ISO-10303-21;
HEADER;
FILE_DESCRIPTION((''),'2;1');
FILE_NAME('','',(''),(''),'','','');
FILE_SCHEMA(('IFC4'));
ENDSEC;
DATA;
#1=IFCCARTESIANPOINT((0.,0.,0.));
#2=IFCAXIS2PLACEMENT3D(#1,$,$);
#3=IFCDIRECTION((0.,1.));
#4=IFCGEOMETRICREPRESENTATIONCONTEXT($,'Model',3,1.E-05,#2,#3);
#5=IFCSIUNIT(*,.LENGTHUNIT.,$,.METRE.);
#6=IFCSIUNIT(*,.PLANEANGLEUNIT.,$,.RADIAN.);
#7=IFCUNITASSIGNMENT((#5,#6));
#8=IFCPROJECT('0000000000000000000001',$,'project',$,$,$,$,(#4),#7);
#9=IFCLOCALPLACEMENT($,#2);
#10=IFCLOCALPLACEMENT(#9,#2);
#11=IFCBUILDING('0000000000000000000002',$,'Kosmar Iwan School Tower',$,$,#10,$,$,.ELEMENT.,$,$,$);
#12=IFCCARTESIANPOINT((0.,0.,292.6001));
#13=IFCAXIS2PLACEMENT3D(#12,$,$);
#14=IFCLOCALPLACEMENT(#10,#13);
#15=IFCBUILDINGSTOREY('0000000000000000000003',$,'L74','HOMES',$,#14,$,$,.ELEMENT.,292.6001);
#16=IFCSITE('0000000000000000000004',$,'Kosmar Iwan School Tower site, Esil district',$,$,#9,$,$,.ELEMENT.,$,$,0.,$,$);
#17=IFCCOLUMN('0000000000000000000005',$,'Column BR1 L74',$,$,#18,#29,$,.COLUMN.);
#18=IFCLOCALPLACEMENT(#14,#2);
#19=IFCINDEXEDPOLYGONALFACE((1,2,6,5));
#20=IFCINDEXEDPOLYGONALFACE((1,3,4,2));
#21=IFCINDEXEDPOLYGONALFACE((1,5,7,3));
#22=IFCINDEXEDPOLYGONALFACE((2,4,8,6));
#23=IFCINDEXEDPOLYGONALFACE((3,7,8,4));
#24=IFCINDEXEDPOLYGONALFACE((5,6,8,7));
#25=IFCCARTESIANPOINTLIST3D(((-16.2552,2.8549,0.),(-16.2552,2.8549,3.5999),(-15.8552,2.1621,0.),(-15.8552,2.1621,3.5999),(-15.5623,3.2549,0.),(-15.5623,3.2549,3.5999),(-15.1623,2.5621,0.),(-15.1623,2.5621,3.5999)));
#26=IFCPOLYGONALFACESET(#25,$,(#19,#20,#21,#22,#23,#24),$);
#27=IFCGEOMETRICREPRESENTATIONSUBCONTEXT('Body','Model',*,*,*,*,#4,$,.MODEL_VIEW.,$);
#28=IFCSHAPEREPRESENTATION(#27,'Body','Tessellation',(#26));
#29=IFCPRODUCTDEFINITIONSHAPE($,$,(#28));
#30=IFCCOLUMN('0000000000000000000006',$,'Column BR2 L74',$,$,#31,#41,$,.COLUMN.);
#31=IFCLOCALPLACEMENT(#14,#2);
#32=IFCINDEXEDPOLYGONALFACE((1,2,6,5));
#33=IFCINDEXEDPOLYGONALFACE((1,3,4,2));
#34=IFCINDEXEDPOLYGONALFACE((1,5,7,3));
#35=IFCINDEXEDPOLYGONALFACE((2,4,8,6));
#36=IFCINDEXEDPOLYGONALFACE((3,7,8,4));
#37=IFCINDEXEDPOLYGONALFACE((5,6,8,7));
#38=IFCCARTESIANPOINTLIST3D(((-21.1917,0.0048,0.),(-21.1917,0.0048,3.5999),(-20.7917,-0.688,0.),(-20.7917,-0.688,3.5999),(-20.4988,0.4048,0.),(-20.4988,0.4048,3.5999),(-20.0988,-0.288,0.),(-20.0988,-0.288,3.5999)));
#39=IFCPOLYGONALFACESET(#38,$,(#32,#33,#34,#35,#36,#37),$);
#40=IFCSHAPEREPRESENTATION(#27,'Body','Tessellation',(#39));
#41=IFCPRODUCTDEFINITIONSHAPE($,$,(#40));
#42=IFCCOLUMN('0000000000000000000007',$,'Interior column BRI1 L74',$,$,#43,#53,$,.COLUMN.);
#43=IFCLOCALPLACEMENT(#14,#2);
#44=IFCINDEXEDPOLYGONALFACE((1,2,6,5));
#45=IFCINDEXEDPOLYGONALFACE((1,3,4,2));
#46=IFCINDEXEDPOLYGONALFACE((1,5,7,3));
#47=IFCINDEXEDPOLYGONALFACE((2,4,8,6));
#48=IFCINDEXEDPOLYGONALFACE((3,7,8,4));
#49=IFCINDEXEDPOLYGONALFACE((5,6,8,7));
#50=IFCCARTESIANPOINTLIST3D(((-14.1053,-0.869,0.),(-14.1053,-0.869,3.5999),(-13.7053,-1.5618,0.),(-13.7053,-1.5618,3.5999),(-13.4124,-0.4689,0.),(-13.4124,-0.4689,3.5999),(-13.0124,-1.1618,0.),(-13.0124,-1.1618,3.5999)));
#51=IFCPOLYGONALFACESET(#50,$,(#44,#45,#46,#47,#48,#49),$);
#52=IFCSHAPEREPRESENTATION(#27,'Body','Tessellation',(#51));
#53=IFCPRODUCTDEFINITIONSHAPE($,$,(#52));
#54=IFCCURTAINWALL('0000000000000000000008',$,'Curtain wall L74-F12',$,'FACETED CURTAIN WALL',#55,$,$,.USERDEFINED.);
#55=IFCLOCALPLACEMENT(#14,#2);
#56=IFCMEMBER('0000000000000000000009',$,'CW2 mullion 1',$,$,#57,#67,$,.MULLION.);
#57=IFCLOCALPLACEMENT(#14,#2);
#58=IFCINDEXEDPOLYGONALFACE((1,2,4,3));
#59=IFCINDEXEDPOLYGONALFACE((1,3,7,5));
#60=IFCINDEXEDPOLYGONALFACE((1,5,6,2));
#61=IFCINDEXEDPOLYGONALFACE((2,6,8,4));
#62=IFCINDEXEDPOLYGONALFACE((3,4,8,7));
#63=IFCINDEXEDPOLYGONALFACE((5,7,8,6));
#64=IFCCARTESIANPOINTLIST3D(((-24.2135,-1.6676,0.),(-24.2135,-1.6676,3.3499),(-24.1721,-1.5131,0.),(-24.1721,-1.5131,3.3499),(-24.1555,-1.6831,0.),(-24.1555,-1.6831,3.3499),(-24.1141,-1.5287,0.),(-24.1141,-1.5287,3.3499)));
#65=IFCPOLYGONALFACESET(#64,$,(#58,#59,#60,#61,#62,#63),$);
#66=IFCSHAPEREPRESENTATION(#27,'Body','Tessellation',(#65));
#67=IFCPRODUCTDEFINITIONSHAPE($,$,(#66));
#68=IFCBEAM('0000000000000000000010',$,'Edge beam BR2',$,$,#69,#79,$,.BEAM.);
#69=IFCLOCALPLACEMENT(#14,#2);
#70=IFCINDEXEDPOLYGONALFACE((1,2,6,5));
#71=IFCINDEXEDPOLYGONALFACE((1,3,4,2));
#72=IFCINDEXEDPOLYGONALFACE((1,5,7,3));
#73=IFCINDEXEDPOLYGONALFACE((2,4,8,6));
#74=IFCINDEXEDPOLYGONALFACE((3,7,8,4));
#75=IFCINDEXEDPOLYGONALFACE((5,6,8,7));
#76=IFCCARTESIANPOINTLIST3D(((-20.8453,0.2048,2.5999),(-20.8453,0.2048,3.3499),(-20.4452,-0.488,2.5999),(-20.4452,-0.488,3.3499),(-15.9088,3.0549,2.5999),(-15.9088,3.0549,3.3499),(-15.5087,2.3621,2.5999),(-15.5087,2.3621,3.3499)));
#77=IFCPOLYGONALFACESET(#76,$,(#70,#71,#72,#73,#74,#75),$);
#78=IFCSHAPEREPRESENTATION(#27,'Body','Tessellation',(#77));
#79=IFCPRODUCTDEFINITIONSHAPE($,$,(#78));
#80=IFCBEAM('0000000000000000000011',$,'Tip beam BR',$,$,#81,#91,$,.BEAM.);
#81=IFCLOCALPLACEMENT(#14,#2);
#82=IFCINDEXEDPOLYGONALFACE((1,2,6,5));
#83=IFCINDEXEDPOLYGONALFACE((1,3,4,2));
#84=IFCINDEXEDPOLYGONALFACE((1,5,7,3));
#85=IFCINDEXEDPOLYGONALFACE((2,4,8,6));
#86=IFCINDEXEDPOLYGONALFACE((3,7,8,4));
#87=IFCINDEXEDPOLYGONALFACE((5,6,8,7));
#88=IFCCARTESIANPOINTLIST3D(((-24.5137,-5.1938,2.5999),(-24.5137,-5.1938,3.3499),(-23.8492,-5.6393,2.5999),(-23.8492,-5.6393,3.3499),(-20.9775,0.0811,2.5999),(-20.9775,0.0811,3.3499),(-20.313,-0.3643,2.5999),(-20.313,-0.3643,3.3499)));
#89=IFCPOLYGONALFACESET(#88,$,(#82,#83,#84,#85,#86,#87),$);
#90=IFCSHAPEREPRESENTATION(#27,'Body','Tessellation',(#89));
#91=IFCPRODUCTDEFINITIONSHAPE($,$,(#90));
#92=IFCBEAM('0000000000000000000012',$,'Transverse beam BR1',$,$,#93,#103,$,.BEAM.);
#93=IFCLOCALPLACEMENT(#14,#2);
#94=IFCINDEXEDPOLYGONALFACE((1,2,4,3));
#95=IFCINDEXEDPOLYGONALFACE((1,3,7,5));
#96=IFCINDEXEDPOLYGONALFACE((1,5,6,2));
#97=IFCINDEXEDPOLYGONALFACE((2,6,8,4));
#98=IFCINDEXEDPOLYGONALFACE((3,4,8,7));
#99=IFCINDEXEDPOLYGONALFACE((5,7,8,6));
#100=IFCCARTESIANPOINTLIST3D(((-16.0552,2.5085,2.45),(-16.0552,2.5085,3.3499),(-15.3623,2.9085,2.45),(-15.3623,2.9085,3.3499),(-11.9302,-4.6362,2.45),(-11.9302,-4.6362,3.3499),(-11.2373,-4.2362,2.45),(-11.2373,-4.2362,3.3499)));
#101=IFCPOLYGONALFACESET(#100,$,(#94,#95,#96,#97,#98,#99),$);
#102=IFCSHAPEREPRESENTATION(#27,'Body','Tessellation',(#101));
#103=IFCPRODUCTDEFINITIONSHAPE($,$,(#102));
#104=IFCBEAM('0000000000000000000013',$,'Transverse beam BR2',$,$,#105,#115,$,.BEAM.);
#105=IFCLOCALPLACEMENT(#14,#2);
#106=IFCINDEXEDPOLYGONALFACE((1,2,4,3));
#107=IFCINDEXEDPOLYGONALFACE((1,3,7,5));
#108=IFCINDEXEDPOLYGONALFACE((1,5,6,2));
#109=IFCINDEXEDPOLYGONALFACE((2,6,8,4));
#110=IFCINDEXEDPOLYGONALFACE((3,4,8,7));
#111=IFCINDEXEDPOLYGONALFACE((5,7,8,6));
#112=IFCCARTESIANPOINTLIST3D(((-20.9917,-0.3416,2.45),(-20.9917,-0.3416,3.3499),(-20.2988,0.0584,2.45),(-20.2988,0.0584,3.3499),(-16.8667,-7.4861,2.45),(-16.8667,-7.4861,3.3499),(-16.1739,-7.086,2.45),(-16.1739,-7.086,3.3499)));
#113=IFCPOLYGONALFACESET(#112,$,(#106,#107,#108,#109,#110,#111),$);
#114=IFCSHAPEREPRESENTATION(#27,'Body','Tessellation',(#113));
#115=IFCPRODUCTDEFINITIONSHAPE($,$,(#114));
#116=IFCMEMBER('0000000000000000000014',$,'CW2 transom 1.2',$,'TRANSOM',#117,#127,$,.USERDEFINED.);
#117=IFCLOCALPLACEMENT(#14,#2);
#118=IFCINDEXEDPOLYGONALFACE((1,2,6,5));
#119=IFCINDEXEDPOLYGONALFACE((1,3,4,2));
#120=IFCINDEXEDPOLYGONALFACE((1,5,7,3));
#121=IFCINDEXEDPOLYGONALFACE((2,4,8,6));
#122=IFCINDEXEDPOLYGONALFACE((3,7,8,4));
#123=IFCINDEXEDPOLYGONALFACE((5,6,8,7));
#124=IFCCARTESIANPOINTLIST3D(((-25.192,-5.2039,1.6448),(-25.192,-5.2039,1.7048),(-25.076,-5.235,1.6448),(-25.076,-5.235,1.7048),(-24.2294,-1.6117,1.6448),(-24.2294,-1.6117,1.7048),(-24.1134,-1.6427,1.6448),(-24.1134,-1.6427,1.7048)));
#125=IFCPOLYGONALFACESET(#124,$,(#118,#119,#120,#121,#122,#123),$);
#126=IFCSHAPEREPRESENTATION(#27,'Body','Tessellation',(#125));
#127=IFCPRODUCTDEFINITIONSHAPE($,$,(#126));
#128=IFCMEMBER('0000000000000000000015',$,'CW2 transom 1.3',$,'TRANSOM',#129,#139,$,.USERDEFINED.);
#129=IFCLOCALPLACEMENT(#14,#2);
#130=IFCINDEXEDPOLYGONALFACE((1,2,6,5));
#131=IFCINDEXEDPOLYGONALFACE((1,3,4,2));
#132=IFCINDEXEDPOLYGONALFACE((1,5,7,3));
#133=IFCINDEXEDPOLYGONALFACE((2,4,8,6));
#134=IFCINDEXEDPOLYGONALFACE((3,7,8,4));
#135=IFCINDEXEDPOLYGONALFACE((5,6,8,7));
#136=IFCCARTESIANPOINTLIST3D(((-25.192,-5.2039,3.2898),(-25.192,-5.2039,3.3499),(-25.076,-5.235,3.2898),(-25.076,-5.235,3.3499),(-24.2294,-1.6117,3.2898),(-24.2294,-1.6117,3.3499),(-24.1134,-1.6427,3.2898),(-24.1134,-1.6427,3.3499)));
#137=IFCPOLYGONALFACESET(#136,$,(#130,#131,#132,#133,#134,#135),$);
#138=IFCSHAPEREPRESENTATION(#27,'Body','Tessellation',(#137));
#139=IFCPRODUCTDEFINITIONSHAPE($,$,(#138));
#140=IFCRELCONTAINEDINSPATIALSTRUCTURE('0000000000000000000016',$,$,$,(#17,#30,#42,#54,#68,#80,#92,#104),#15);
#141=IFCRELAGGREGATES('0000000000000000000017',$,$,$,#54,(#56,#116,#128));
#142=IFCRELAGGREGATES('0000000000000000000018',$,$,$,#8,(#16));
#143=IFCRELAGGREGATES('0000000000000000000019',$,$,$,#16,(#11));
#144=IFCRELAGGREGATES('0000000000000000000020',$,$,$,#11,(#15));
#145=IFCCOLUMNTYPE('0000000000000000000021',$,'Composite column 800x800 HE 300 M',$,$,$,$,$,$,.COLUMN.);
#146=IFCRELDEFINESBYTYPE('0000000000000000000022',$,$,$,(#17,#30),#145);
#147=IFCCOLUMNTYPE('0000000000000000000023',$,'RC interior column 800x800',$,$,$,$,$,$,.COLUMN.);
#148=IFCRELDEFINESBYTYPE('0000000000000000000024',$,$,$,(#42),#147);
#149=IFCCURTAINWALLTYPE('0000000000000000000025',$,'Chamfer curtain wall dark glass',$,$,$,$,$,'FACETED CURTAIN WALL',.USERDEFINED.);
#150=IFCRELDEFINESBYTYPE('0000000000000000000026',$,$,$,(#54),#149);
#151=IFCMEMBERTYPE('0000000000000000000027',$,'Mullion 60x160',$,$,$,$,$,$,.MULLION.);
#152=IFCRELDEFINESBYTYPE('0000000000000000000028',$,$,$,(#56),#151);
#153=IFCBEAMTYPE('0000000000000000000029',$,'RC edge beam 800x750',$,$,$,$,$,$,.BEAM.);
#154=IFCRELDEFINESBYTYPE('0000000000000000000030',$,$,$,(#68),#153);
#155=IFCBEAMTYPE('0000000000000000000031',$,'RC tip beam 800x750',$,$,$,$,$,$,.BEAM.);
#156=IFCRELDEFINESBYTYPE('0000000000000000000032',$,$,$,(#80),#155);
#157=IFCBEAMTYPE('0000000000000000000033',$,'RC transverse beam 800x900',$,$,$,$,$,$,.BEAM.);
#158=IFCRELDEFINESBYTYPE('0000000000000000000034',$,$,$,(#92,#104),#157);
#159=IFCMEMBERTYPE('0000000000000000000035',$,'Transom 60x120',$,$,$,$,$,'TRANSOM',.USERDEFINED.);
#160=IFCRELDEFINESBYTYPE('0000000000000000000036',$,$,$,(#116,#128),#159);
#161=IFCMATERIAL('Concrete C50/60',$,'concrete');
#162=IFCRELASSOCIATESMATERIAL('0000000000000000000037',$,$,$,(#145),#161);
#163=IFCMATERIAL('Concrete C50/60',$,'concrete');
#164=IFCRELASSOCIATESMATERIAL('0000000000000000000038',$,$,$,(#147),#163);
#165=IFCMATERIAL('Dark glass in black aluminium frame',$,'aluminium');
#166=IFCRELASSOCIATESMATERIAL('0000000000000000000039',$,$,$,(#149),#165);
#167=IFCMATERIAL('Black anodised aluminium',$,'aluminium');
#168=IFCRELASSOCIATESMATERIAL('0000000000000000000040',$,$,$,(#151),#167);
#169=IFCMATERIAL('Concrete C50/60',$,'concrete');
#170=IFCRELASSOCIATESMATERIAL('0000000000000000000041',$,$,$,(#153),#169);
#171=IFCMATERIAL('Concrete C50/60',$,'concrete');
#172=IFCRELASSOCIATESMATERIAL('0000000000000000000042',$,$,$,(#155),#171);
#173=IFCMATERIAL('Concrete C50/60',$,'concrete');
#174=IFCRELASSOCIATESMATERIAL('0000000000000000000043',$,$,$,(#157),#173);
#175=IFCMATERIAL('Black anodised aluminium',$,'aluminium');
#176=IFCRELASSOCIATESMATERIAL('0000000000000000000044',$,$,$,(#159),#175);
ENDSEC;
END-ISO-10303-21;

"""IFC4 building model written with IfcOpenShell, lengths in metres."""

from ifc_helpers import new_model, si_unit, direction, frame, origin, origin_2d, place, context, subcontext, project, spatial, rectangle, extrude, material, material_profile, profile_set, type_object, element, aggregate, save


model = new_model("IFC4")

# Units and contexts
model_context = context("Model", 3, precision=1e-05, world=origin(), true_north=direction((0.0, 1.0)))
body_context = subcontext(model_context, "Body", "Model", "MODEL_VIEW")
ifc_project = project(units=[si_unit("LENGTHUNIT", "METRE"), si_unit("PLANEANGLEUNIT", "RADIAN")], contexts=[model_context])

# Site, building, storey
site_placement = place(None, origin())
site = spatial("IfcSite", under=ifc_project, at=site_placement, Name="Kosmar Iwan School Tower site, Esil district", CompositionType="ELEMENT", RefElevation=0.0)
building_placement = place(site_placement, origin())
building = spatial("IfcBuilding", under=site, at=building_placement, Name="Kosmar Iwan School Tower", CompositionType="ELEMENT")
storey_placement = place(building_placement, frame((0.0, 0.0, 292.6001)))
storey = spatial("IfcBuildingStorey", under=building, at=storey_placement, Name="L74", Description="HOMES", CompositionType="ELEMENT", Elevation=292.6001)

# Columns
ifc_material_1 = material(Name="Concrete C50/60", Category="concrete")
ifc_material_profile_1 = material_profile(ifc_material_1, rectangle(XDim=0.8, YDim=0.8, at=origin_2d()), Name="RC 800x800 + HE 300 M")
ifc_profile_set_1 = profile_set([ifc_material_profile_1], Name="Concrete C50/60")
column_type_1 = type_object("IfcColumnType", Name="Composite column 800x800 HE 300 M", PredefinedType="COLUMN", material=ifc_profile_set_1)
for number, where, z_axis, x_axis, name in (
    (1, (-15.7087, 2.7085, 0.0), (0.0, 0.0, 1.0), (-0.866025, -0.5, 0.0), "Column BR1 L74"),
    (2, (-20.6453, -0.1416, 0.0), (0.0, 0.0, 1.0), (-0.866025, -0.5, 0.0), "Column BR2 L74"),
):
    element("IfcColumn", number, at=place(storey_placement, frame(where, z_axis=z_axis, x_axis=x_axis)), inside=storey, type_object=column_type_1, Name=name, PredefinedType="COLUMN", context=body_context, shape_type="SweptSolid", body=[
        extrude(rectangle(XDim=0.8, YDim=0.8, at=origin_2d()), origin(), (0.0, 0.0, 1.0), 3.5999),
    ])
ifc_material_2 = material(Name="Concrete C50/60", Category="concrete")
ifc_material_profile_2 = material_profile(ifc_material_2, rectangle(XDim=0.8, YDim=0.8, at=origin_2d()), Name="RC 800x800")
ifc_profile_set_2 = profile_set([ifc_material_profile_2], Name="Concrete C50/60")
column_type_2 = type_object("IfcColumnType", Name="RC interior column 800x800", PredefinedType="COLUMN", material=ifc_profile_set_2)
column_placement = place(storey_placement, frame((-13.5588, -1.0154, 0.0), z_axis=(0.0, 0.0, 1.0), x_axis=(-0.866025, -0.5, 0.0)))
element("IfcColumn", 3, at=column_placement, inside=storey, type_object=column_type_2, Name="Interior column BRI1 L74", PredefinedType="COLUMN", context=body_context, shape_type="SweptSolid", body=[
    extrude(rectangle(XDim=0.8, YDim=0.8, at=origin_2d()), origin(), (0.0, 0.0, 1.0), 3.5999),
])

# Curtain wall, member
ifc_material_3 = material(Name="Dark glass in black aluminium frame", Category="aluminium")
curtain_wall_type = type_object("IfcCurtainWallType", Name="Chamfer curtain wall dark glass", ElementType="FACETED CURTAIN WALL", PredefinedType="USERDEFINED", material=ifc_material_3)
curtain_wall_placement = place(storey_placement, origin())
curtain_wall = element("IfcCurtainWall", 4, at=curtain_wall_placement, inside=storey, type_object=curtain_wall_type, Name="Curtain wall L74-F12", ObjectType="FACETED CURTAIN WALL", PredefinedType="USERDEFINED")
ifc_material_4 = material(Name="Black anodised aluminium", Category="aluminium")
ifc_material_profile_3 = material_profile(ifc_material_4, rectangle(XDim=0.0601, YDim=0.1599, at=origin_2d()), Name="MULLION 60x160")
ifc_profile_set_3 = profile_set([ifc_material_profile_3], Name="Black anodised aluminium")
member_type_1 = type_object("IfcMemberType", Name="Mullion 60x160", PredefinedType="MULLION", material=ifc_profile_set_3)
member_1_placement = place(storey_placement, frame((-24.1638, -1.5981, 0.0), z_axis=(0.0, 0.0, 1.0), x_axis=(0.965926, -0.258819, 0.0)))
member_1 = element("IfcMember", 5, at=member_1_placement, type_object=member_type_1, Name="CW2 mullion 1", PredefinedType="MULLION", context=body_context, shape_type="SweptSolid", body=[
    extrude(rectangle(XDim=0.0601, YDim=0.1599, at=origin_2d()), origin(), (0.0, 0.0, 1.0), 3.3499),
])

# Beams
ifc_material_5 = material(Name="Concrete C50/60", Category="concrete")
ifc_material_profile_4 = material_profile(ifc_material_5, rectangle(XDim=0.8, YDim=0.75, at=origin_2d()), Name="RC 800x750")
ifc_profile_set_4 = profile_set([ifc_material_profile_4], Name="Concrete C50/60")
beam_type_1 = type_object("IfcBeamType", Name="RC edge beam 800x750", PredefinedType="BEAM", material=ifc_profile_set_4)
beam_1_placement = place(storey_placement, frame((-15.7087, 2.7085, 2.9749), z_axis=(-0.866026, -0.499999, 0.0), x_axis=(0.499999, -0.866026, 0.0)))
element("IfcBeam", 6, at=beam_1_placement, inside=storey, type_object=beam_type_1, Name="Edge beam BR2", PredefinedType="BEAM", context=body_context, shape_type="SweptSolid", body=[
    extrude(rectangle(XDim=0.8, YDim=0.75, at=origin_2d()), origin(), (0.0, 0.0, 1.0), 5.7002),
])
ifc_material_6 = material(Name="Concrete C50/60", Category="concrete")
ifc_material_profile_5 = material_profile(ifc_material_6, rectangle(XDim=0.8, YDim=0.75, at=origin_2d()), Name="RC 800x750")
ifc_profile_set_5 = profile_set([ifc_material_profile_5], Name="Concrete C50/60")
beam_type_2 = type_object("IfcBeamType", Name="RC tip beam 800x750", PredefinedType="BEAM", material=ifc_profile_set_5)
beam_2_placement = place(storey_placement, frame((-20.6453, -0.1416, 2.9749), z_axis=(-0.556828, -0.830628, 0.0), x_axis=(0.830628, -0.556828, 0.0)))
element("IfcBeam", 7, at=beam_2_placement, inside=storey, type_object=beam_type_2, Name="Tip beam BR", PredefinedType="BEAM", context=body_context, shape_type="SweptSolid", body=[
    extrude(rectangle(XDim=0.8, YDim=0.75, at=origin_2d()), origin(), (0.0, 0.0, 1.0), 6.3506),
])
ifc_material_7 = material(Name="Concrete C50/60", Category="concrete")
ifc_material_profile_6 = material_profile(ifc_material_7, rectangle(XDim=0.8, YDim=0.8999, at=origin_2d()), Name="RC 800x900")
ifc_profile_set_6 = profile_set([ifc_material_profile_6], Name="Concrete C50/60")
beam_type_3 = type_object("IfcBeamType", Name="RC transverse beam 800x900", PredefinedType="BEAM", material=ifc_profile_set_6)
beam_3_placement = place(storey_placement, frame((-15.7087, 2.7085, 2.8999), z_axis=(0.499997, -0.866027, 0.0), x_axis=(0.866027, 0.499997, 0.0)))
element("IfcBeam", 8, at=beam_3_placement, inside=storey, type_object=beam_type_3, Name="Transverse beam BR1", PredefinedType="BEAM", context=body_context, shape_type="SweptSolid", body=[
    extrude(rectangle(XDim=0.8, YDim=0.8999, at=origin_2d()), origin(), (0.0, 0.0, 1.0), 8.25),
])
beam_4_placement = place(storey_placement, frame((-20.6453, -0.1416, 2.8999), z_axis=(0.500009, -0.86602, 0.0), x_axis=(0.86602, 0.500009, 0.0)))
element("IfcBeam", 9, at=beam_4_placement, inside=storey, type_object=beam_type_3, Name="Transverse beam BR2", PredefinedType="BEAM", context=body_context, shape_type="SweptSolid", body=[
    extrude(rectangle(XDim=0.8, YDim=0.8999, at=origin_2d()), origin(), (0.0, 0.0, 1.0), 8.2498),
])

# Members
ifc_material_8 = material(Name="Black anodised aluminium", Category="aluminium")
ifc_material_profile_7 = material_profile(ifc_material_8, rectangle(XDim=0.1201, YDim=0.0601, at=origin_2d()), Name="TRANSOM 60x120")
ifc_profile_set_7 = profile_set([ifc_material_profile_7], Name="Black anodised aluminium")
member_type_2 = type_object("IfcMemberType", Name="Transom 60x120", ElementType="TRANSOM", PredefinedType="USERDEFINED", material=ifc_profile_set_7)
member_2_placement = place(storey_placement, frame((-24.1714, -1.6272, 1.6748), z_axis=(-0.258843, -0.965919, 0.0), x_axis=(0.965919, -0.258843, 0.0)))
member_2 = element("IfcMember", 10, at=member_2_placement, type_object=member_type_2, Name="CW2 transom 1.2", ObjectType="TRANSOM", PredefinedType="USERDEFINED", context=body_context, shape_type="SweptSolid", body=[
    extrude(rectangle(XDim=0.1201, YDim=0.0601, at=origin_2d()), origin(), (0.0, 0.0, 1.0), 3.719),
])
member_3_placement = place(storey_placement, frame((-24.1714, -1.6272, 3.3198), z_axis=(-0.258843, -0.965919, 0.0), x_axis=(0.965919, -0.258843, 0.0)))
member_3 = element("IfcMember", 11, at=member_3_placement, type_object=member_type_2, Name="CW2 transom 1.3", ObjectType="TRANSOM", PredefinedType="USERDEFINED", context=body_context, shape_type="SweptSolid", body=[
    extrude(rectangle(XDim=0.1201, YDim=0.0601, at=origin_2d()), origin(), (0.0, 0.0, 1.0), 3.719),
])
aggregate(curtain_wall, [member_1, member_2, member_3])

save(model, "model.ifc")
